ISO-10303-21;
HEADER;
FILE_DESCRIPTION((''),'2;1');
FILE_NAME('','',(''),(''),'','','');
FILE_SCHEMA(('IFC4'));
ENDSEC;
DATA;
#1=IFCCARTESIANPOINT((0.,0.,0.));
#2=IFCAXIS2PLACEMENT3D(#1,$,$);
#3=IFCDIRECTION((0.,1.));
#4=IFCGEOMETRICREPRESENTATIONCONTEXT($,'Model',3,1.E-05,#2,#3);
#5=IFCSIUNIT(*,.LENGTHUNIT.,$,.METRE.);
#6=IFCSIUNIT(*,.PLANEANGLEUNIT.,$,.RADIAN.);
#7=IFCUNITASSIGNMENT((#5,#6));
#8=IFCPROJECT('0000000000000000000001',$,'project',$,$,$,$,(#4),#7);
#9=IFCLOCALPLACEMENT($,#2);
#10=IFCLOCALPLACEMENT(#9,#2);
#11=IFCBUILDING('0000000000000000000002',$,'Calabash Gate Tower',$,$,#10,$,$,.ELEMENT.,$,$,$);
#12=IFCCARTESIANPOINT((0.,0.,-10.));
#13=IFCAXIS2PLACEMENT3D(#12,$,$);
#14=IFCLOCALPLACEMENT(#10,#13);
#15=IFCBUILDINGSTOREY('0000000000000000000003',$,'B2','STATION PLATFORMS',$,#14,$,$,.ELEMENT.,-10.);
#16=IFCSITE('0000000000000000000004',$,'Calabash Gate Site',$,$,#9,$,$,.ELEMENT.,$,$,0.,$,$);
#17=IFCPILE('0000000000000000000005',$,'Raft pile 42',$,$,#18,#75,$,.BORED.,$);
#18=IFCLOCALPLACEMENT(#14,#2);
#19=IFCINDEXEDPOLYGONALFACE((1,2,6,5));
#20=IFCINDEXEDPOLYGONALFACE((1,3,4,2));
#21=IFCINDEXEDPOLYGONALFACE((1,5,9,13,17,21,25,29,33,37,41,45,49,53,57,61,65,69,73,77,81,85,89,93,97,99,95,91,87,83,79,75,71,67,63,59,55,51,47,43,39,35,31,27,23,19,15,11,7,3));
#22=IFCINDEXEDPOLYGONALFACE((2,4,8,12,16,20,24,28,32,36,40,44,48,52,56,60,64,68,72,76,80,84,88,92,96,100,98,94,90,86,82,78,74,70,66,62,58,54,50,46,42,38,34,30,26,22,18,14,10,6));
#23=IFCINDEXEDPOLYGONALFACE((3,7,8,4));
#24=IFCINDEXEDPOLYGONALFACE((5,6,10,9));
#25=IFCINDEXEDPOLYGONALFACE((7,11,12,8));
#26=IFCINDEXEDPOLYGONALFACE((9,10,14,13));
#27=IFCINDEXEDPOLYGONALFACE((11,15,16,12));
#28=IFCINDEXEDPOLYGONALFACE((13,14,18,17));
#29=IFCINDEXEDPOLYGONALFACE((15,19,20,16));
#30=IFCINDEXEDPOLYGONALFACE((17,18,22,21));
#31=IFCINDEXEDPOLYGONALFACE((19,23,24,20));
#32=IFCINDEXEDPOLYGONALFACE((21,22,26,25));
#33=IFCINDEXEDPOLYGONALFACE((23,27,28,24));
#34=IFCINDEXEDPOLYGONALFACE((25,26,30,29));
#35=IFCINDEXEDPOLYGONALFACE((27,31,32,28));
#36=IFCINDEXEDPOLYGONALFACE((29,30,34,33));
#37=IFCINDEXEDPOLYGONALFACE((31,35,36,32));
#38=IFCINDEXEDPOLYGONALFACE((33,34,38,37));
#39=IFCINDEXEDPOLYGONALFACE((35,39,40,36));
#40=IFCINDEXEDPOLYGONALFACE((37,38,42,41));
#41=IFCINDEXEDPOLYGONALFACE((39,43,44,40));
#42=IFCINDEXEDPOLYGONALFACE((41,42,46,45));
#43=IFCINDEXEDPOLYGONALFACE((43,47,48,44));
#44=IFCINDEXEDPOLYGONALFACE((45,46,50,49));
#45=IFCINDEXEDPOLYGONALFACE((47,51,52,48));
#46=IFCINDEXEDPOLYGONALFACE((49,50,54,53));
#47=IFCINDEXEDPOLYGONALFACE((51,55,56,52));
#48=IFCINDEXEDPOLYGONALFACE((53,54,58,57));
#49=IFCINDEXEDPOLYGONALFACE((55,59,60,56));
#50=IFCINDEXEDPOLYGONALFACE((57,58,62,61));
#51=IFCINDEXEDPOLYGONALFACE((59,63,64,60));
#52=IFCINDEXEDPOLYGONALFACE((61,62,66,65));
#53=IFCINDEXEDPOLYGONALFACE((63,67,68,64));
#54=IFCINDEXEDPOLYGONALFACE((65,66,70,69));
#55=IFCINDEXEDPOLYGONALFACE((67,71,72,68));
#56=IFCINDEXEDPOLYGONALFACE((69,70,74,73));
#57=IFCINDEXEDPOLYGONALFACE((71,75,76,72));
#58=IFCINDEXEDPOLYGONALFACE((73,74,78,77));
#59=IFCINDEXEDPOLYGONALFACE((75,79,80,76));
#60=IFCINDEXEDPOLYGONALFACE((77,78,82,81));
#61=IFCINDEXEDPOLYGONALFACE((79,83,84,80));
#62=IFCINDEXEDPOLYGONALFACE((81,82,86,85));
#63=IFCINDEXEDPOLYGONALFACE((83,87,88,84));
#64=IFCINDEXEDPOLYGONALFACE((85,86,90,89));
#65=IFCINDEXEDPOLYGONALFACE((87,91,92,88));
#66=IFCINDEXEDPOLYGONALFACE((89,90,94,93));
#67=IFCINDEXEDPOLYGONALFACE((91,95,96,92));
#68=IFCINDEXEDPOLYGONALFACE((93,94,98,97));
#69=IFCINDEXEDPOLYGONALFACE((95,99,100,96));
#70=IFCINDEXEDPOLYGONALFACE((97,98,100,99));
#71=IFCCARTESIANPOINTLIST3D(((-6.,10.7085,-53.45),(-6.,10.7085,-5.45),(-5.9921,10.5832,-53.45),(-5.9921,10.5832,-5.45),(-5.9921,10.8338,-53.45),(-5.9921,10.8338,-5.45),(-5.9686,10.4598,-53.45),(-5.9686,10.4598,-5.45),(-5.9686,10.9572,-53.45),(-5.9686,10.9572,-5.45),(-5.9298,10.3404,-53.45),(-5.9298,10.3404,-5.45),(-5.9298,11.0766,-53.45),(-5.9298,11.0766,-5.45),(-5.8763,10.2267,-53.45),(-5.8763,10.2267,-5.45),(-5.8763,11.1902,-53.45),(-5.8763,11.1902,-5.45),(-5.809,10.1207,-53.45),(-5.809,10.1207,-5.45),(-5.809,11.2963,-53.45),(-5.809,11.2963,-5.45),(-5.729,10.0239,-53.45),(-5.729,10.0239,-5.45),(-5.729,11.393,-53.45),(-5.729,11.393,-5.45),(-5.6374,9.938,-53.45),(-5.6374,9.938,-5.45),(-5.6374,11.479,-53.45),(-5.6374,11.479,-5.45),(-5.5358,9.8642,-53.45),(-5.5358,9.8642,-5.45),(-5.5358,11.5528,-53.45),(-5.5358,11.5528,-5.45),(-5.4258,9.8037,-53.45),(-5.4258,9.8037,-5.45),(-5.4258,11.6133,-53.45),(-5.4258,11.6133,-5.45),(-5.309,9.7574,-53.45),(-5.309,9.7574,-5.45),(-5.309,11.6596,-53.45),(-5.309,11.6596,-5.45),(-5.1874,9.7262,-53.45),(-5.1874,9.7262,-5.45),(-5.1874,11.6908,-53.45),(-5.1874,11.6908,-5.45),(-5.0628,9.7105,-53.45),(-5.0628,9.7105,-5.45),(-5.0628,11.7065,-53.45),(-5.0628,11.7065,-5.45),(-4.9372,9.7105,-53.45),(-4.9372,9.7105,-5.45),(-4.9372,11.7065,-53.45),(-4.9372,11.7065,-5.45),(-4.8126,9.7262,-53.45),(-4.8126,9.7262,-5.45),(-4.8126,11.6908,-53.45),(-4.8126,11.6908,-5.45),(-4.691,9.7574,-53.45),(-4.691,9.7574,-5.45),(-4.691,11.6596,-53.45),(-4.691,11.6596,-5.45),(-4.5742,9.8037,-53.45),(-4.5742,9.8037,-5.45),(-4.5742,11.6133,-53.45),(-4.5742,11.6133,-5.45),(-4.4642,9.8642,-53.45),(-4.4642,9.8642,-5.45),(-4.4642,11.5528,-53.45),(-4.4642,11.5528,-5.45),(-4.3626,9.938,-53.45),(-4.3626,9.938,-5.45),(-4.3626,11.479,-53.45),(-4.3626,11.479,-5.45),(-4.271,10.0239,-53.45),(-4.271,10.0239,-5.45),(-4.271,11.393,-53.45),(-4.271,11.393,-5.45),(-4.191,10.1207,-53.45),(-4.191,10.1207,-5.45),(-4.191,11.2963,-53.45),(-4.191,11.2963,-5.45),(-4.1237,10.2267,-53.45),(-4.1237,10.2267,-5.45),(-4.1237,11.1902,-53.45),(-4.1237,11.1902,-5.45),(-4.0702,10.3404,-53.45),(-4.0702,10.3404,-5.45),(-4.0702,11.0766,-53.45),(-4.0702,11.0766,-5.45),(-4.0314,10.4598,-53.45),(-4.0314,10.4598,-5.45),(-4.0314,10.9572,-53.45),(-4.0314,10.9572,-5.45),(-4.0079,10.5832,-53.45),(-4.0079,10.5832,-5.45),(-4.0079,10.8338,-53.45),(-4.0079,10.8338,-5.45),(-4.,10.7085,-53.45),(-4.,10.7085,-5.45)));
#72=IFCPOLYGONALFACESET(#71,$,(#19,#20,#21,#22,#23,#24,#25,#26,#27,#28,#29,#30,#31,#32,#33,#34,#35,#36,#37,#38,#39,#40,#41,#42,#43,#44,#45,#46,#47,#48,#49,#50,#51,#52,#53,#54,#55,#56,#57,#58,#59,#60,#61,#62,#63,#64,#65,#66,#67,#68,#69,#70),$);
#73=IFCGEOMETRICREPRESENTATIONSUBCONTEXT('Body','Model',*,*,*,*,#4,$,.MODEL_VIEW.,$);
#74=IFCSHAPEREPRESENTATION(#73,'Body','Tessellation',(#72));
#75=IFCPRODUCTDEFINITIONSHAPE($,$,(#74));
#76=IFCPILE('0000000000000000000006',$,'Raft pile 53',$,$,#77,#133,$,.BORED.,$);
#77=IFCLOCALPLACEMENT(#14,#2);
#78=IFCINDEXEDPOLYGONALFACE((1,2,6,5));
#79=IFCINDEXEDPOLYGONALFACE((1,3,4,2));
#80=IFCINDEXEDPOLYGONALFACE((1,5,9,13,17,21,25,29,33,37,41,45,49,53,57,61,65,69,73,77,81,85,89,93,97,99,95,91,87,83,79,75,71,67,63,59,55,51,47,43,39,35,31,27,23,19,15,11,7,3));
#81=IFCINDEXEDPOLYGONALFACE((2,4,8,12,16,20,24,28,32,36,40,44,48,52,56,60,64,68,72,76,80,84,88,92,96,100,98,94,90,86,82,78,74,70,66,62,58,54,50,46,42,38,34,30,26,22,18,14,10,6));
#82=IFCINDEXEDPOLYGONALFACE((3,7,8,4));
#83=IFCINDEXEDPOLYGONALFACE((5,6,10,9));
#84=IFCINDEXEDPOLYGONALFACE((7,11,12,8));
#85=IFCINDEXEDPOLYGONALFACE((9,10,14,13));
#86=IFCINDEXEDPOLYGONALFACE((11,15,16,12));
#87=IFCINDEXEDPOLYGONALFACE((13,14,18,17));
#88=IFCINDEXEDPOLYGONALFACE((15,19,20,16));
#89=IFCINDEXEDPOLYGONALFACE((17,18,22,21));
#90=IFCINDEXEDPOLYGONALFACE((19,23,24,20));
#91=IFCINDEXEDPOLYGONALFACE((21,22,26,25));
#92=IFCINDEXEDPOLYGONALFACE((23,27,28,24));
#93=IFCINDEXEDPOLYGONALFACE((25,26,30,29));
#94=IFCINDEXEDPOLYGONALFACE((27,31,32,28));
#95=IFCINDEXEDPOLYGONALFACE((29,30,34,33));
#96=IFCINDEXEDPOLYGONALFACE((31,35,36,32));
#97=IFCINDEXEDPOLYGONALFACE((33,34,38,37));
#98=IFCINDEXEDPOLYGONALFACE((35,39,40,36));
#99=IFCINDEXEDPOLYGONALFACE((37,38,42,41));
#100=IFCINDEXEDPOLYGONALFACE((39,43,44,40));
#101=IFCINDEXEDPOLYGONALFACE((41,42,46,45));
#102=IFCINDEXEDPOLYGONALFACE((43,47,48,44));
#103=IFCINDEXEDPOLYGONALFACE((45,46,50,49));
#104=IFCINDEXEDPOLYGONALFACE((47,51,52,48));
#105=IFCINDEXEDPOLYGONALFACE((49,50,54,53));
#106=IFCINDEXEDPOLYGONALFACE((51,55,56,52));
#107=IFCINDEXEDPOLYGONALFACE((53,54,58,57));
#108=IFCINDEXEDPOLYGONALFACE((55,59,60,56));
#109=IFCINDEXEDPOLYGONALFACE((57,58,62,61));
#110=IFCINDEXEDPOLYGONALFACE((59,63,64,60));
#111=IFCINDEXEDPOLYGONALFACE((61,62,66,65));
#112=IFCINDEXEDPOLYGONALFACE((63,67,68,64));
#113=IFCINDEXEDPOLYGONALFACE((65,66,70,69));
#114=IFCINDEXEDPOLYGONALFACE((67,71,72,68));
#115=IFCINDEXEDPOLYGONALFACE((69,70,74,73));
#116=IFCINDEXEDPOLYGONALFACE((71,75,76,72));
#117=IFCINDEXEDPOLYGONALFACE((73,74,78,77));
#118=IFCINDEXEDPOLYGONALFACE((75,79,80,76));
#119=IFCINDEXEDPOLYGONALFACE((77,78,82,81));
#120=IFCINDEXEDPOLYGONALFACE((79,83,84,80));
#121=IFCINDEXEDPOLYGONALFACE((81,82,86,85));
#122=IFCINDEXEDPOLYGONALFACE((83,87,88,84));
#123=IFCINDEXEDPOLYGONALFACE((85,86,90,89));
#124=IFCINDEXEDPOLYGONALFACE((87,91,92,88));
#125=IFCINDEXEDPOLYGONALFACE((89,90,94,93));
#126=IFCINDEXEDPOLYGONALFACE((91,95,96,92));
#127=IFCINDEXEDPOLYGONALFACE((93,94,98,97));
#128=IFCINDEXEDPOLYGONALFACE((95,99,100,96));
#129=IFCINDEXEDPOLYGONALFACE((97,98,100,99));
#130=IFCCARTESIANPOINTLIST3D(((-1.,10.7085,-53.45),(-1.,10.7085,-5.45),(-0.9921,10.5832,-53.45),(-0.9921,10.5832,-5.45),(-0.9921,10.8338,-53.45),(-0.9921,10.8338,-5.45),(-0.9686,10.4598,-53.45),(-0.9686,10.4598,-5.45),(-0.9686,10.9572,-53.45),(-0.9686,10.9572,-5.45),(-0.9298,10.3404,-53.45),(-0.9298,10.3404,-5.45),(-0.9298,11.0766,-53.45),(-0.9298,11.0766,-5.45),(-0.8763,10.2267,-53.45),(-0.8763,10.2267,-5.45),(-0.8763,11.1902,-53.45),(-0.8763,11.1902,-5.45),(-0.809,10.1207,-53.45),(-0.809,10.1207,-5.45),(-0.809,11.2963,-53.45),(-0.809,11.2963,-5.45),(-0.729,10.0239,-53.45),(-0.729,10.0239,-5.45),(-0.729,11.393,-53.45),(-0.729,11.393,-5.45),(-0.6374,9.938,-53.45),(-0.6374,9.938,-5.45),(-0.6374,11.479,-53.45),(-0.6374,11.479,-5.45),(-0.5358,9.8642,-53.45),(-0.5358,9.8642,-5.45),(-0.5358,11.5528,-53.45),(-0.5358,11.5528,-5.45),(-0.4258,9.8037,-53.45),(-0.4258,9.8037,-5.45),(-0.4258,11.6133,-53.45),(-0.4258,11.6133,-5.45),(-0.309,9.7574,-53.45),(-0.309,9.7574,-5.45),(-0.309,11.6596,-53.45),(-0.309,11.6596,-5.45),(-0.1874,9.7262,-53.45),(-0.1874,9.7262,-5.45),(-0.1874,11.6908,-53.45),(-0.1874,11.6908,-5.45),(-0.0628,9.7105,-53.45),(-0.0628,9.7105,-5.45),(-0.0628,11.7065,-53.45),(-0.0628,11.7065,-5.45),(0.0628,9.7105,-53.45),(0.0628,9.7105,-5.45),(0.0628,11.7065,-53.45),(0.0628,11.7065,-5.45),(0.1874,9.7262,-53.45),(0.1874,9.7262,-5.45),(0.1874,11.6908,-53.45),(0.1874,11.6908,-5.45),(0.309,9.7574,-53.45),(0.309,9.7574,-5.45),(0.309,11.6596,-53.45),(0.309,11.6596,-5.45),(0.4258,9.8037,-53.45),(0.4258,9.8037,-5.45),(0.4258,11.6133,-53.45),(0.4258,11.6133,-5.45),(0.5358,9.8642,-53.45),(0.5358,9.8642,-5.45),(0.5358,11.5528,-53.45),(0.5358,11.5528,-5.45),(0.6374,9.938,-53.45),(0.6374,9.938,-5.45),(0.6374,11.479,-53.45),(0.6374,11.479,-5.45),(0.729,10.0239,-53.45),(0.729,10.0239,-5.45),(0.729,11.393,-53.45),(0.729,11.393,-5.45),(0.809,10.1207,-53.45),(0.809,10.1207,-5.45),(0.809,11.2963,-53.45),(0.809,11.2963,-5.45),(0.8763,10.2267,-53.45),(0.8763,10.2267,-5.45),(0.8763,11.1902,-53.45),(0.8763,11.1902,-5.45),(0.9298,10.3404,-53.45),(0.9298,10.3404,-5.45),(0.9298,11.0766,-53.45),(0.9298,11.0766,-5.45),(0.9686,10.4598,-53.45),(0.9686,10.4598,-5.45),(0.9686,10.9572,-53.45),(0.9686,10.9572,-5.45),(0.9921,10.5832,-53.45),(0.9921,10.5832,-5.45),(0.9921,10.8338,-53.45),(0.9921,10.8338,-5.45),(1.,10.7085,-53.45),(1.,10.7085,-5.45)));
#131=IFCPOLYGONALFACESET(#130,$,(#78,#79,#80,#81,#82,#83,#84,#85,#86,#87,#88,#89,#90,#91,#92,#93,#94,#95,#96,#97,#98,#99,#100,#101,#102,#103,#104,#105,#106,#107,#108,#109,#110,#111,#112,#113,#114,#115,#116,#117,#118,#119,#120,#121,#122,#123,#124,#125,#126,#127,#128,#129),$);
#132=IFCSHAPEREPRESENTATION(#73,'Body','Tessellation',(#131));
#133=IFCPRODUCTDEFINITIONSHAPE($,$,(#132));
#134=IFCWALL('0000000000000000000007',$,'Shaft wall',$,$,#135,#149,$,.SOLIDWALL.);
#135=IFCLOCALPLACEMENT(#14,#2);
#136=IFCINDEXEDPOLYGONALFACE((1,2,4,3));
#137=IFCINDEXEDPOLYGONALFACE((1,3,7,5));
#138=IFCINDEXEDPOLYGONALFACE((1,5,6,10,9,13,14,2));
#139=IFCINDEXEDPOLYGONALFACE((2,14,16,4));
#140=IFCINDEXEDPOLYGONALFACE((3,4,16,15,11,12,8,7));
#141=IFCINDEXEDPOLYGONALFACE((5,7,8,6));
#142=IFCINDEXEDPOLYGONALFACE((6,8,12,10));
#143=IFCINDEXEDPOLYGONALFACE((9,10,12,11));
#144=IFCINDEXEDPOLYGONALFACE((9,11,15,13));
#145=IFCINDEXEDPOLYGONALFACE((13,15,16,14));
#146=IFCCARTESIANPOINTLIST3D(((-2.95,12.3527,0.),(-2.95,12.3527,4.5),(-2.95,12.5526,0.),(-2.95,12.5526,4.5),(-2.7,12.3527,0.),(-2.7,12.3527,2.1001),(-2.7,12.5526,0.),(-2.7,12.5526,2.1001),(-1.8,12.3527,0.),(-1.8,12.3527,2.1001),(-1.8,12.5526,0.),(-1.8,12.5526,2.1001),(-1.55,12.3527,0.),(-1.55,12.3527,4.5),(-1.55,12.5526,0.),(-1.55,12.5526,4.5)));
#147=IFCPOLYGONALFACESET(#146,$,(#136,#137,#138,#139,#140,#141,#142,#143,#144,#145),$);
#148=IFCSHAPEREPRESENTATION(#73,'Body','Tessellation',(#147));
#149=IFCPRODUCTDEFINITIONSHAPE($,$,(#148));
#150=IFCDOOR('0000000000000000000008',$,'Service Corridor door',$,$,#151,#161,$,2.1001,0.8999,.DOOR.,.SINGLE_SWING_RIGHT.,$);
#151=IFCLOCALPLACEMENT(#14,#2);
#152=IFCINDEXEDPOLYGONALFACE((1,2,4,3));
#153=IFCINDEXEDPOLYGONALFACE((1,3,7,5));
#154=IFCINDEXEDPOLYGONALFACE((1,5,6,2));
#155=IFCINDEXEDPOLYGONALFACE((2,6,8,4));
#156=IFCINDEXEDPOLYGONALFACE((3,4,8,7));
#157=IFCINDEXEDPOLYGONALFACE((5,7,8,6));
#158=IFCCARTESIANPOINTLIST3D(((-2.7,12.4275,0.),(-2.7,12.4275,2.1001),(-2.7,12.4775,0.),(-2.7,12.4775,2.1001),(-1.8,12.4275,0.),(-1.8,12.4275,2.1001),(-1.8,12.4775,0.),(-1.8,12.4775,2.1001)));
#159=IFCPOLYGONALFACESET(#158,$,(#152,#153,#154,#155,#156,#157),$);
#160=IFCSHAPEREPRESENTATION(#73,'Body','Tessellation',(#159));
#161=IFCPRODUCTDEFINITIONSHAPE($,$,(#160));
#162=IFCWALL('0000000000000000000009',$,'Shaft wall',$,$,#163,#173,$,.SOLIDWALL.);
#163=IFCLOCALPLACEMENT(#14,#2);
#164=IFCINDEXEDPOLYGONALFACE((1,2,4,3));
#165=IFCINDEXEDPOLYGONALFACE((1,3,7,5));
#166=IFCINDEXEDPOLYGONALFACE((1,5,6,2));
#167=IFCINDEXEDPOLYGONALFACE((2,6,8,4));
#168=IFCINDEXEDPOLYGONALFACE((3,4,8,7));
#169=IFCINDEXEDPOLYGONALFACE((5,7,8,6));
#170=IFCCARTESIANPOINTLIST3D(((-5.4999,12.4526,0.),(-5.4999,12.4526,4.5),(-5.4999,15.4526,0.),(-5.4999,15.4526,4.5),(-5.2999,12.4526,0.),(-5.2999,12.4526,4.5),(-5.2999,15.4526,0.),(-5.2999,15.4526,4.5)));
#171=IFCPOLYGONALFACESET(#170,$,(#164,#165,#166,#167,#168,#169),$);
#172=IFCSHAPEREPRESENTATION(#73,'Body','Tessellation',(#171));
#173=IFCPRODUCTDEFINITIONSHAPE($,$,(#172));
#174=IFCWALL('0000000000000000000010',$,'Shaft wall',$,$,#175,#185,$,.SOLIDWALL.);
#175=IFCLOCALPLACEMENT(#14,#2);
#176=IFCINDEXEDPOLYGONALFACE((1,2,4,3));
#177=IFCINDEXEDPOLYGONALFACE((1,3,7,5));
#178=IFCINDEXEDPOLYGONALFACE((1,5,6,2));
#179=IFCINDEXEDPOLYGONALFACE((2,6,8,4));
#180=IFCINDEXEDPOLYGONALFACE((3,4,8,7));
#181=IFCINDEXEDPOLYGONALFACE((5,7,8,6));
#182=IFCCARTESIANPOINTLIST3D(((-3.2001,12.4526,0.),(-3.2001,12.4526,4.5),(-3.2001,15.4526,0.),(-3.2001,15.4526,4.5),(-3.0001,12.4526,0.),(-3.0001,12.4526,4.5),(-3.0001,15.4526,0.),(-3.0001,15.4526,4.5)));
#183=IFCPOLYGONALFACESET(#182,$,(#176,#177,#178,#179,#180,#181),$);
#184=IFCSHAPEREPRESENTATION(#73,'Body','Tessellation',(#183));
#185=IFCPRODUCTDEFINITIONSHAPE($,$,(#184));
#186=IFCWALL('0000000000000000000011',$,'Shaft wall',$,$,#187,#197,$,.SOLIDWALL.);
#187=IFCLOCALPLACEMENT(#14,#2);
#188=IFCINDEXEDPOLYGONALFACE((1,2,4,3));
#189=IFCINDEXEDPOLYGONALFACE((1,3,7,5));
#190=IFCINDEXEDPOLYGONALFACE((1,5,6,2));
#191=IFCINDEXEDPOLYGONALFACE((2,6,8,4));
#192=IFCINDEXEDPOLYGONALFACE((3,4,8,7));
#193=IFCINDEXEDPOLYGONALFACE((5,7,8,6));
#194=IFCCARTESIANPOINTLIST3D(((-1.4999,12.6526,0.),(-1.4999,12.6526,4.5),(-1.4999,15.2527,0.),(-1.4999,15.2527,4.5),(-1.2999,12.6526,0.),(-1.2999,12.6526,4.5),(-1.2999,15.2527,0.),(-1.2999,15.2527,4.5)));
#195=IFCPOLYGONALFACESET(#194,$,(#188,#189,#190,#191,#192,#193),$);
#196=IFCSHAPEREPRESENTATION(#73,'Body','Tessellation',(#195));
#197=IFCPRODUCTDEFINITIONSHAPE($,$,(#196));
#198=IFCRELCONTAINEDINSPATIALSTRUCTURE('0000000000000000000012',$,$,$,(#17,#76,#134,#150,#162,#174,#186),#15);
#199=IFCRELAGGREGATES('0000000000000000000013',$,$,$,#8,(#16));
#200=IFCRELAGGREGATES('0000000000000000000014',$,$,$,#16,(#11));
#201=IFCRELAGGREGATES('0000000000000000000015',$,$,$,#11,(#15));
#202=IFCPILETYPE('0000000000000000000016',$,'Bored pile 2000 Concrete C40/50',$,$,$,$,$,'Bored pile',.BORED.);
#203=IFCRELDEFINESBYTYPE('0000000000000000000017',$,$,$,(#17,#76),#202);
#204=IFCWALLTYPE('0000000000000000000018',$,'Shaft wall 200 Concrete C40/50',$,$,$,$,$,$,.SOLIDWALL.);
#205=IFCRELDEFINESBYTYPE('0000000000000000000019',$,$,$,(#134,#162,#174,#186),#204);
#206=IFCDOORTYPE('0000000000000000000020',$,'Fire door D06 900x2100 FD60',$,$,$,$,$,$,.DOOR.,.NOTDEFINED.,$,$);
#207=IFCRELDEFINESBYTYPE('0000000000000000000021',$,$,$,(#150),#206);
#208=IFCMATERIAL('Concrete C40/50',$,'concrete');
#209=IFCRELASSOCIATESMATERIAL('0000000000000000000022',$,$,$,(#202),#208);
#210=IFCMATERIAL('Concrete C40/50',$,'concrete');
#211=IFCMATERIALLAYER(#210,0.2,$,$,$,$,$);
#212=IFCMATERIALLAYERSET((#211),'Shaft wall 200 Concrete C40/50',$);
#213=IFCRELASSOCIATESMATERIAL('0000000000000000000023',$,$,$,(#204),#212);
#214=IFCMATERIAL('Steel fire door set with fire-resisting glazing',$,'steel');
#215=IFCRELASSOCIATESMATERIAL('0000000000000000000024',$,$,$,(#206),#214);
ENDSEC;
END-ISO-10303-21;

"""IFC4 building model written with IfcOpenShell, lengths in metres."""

from ifc_helpers import new_model, si_unit, direction, frame, frame_2d, origin, origin_2d, place, context, subcontext, project, spatial, rectangle, circle, extrude, material, layer, layer_set, material_profile, profile_set, type_object, element, fill, save


model = new_model("IFC4")

# Units and contexts
model_context = context("Model", 3, precision=1e-05, world=origin(), true_north=direction((0.0, 1.0)))
body_context = subcontext(model_context, "Body", "Model", "MODEL_VIEW")
ifc_project = project(units=[si_unit("LENGTHUNIT", "METRE"), si_unit("PLANEANGLEUNIT", "RADIAN")], contexts=[model_context])

# Site, building, storey
site_placement = place(None, origin())
site = spatial("IfcSite", under=ifc_project, at=site_placement, Name="Calabash Gate Site", CompositionType="ELEMENT", RefElevation=0.0)
building_placement = place(site_placement, origin())
building = spatial("IfcBuilding", under=site, at=building_placement, Name="Calabash Gate Tower", CompositionType="ELEMENT")
storey_placement = place(building_placement, frame((0.0, 0.0, -10.0)))
storey = spatial("IfcBuildingStorey", under=building, at=storey_placement, Name="B2", Description="STATION PLATFORMS", CompositionType="ELEMENT", Elevation=-10.0)

# Piles
ifc_material_1 = material(Name="Concrete C40/50", Category="concrete")
ifc_material_profile = material_profile(ifc_material_1, circle(Radius=1.0, at=origin_2d()))
ifc_profile_set = profile_set([ifc_material_profile], Name="Concrete C40/50")
pile_type = type_object("IfcPileType", Name="Bored pile 2000 Concrete C40/50", ElementType="Bored pile", PredefinedType="BORED", material=ifc_profile_set)
for number, where, z_axis, x_axis, name in (
    (1, (-5.0, 10.7085, -5.45), (0.0, 0.0, -1.0), (1.0, 0.0, 0.0), "Raft pile 42"),
    (2, (0.0, 10.7085, -5.45), (0.0, 0.0, -1.0), (1.0, 0.0, 0.0), "Raft pile 53"),
):
    element("IfcPile", number, at=place(storey_placement, frame(where, z_axis=z_axis, x_axis=x_axis)), inside=storey, type_object=pile_type, Name=name, PredefinedType="BORED", context=body_context, shape_type="SweptSolid", body=[
        extrude(circle(Radius=1.0, at=origin_2d()), origin(), (0.0, 0.0, 1.0), 48.0),
    ])

# Wall, opening, door
ifc_material_2 = material(Name="Concrete C40/50", Category="concrete")
ifc_layer = layer(ifc_material_2, 0.2)
ifc_layer_set = layer_set([ifc_layer], Name="Shaft wall 200 Concrete C40/50")
wall_type = type_object("IfcWallType", Name="Shaft wall 200 Concrete C40/50", PredefinedType="SOLIDWALL", material=ifc_layer_set)
wall_1_placement = place(storey_placement, frame((-2.95, 12.4526, 0.0), z_axis=(0.0, 0.0, 1.0), x_axis=(1.0, 0.0, 0.0)))
wall_1 = element("IfcWall", 3, at=wall_1_placement, inside=storey, type_object=wall_type, Name="Shaft wall", PredefinedType="SOLIDWALL", context=body_context, shape_type="SweptSolid", body=[
    extrude(rectangle(XDim=1.3999, YDim=0.2, at=frame_2d((0.7, 0.0))), origin(), (0.0, 0.0, 1.0), 4.5),
])
opening_1_placement = place(wall_1_placement, frame((0.25, 0.0, 0.0)))
opening_1 = element("IfcOpeningElement", 4, at=opening_1_placement, cuts=wall_1, PredefinedType="OPENING", context=body_context, shape_type="SweptSolid", body=[
    extrude(rectangle(XDim=0.8999, YDim=2.1001, at=frame_2d((0.45, 1.05))), frame((0.0, 0.1099, 0.0), z_axis=(0.0, -1.0, 0.0), x_axis=(1.0, 0.0, 0.0)), (0.0, 0.0, 1.0), 0.22),
])
ifc_material_3 = material(Name="Steel fire door set with fire-resisting glazing", Category="steel")
door_type_1 = type_object("IfcDoorType", Name="Fire door D06 900x2100 FD60", OperationType="NOTDEFINED", PredefinedType="DOOR", material=ifc_material_3)
door_1_placement = place(opening_1_placement, origin())
door_1 = element("IfcDoor", 5, at=door_1_placement, inside=storey, type_object=door_type_1, Name="Service Corridor door", OperationType="SINGLE_SWING_RIGHT", OverallHeight=2.1001, OverallWidth=0.8999, PredefinedType="DOOR", context=body_context, shape_type="SweptSolid", body=[
    extrude(rectangle(XDim=0.8999, YDim=2.1001, at=frame_2d((0.45, 1.05))), frame((0.0, 0.0249, 0.0), z_axis=(0.0, -1.0, 0.0), x_axis=(1.0, 0.0, 0.0)), (0.0, 0.0, 1.0), 0.05),
])
fill(opening_1, door_1)

# Wall
wall_2_placement = place(storey_placement, frame((-5.3999, 12.4526, 0.0), z_axis=(0.0, 0.0, 1.0), x_axis=(0.0, 1.0, 0.0)))
element("IfcWall", 6, at=wall_2_placement, inside=storey, type_object=wall_type, Name="Shaft wall", PredefinedType="SOLIDWALL", context=body_context, shape_type="SweptSolid", body=[
    extrude(rectangle(XDim=3.0, YDim=0.2, at=frame_2d((1.5, 0.0))), origin(), (0.0, 0.0, 1.0), 4.5),
])

# Wall
wall_3_placement = place(storey_placement, frame((-3.1001, 12.4526, 0.0), z_axis=(0.0, 0.0, 1.0), x_axis=(0.0, 1.0, 0.0)))
element("IfcWall", 7, at=wall_3_placement, inside=storey, type_object=wall_type, Name="Shaft wall", PredefinedType="SOLIDWALL", context=body_context, shape_type="SweptSolid", body=[
    extrude(rectangle(XDim=3.0, YDim=0.2, at=frame_2d((1.5, 0.0))), origin(), (0.0, 0.0, 1.0), 4.5),
])

# Wall
wall_4_placement = place(storey_placement, frame((-1.3999, 12.6526, 0.0), z_axis=(0.0, 0.0, 1.0), x_axis=(0.0, 1.0, 0.0)))
element("IfcWall", 8, at=wall_4_placement, inside=storey, type_object=wall_type, Name="Shaft wall", PredefinedType="SOLIDWALL", context=body_context, shape_type="SweptSolid", body=[
    extrude(rectangle(XDim=2.6001, YDim=0.2, at=frame_2d((1.3, 0.0))), origin(), (0.0, 0.0, 1.0), 4.5),
])

save(model, "model.ifc")
